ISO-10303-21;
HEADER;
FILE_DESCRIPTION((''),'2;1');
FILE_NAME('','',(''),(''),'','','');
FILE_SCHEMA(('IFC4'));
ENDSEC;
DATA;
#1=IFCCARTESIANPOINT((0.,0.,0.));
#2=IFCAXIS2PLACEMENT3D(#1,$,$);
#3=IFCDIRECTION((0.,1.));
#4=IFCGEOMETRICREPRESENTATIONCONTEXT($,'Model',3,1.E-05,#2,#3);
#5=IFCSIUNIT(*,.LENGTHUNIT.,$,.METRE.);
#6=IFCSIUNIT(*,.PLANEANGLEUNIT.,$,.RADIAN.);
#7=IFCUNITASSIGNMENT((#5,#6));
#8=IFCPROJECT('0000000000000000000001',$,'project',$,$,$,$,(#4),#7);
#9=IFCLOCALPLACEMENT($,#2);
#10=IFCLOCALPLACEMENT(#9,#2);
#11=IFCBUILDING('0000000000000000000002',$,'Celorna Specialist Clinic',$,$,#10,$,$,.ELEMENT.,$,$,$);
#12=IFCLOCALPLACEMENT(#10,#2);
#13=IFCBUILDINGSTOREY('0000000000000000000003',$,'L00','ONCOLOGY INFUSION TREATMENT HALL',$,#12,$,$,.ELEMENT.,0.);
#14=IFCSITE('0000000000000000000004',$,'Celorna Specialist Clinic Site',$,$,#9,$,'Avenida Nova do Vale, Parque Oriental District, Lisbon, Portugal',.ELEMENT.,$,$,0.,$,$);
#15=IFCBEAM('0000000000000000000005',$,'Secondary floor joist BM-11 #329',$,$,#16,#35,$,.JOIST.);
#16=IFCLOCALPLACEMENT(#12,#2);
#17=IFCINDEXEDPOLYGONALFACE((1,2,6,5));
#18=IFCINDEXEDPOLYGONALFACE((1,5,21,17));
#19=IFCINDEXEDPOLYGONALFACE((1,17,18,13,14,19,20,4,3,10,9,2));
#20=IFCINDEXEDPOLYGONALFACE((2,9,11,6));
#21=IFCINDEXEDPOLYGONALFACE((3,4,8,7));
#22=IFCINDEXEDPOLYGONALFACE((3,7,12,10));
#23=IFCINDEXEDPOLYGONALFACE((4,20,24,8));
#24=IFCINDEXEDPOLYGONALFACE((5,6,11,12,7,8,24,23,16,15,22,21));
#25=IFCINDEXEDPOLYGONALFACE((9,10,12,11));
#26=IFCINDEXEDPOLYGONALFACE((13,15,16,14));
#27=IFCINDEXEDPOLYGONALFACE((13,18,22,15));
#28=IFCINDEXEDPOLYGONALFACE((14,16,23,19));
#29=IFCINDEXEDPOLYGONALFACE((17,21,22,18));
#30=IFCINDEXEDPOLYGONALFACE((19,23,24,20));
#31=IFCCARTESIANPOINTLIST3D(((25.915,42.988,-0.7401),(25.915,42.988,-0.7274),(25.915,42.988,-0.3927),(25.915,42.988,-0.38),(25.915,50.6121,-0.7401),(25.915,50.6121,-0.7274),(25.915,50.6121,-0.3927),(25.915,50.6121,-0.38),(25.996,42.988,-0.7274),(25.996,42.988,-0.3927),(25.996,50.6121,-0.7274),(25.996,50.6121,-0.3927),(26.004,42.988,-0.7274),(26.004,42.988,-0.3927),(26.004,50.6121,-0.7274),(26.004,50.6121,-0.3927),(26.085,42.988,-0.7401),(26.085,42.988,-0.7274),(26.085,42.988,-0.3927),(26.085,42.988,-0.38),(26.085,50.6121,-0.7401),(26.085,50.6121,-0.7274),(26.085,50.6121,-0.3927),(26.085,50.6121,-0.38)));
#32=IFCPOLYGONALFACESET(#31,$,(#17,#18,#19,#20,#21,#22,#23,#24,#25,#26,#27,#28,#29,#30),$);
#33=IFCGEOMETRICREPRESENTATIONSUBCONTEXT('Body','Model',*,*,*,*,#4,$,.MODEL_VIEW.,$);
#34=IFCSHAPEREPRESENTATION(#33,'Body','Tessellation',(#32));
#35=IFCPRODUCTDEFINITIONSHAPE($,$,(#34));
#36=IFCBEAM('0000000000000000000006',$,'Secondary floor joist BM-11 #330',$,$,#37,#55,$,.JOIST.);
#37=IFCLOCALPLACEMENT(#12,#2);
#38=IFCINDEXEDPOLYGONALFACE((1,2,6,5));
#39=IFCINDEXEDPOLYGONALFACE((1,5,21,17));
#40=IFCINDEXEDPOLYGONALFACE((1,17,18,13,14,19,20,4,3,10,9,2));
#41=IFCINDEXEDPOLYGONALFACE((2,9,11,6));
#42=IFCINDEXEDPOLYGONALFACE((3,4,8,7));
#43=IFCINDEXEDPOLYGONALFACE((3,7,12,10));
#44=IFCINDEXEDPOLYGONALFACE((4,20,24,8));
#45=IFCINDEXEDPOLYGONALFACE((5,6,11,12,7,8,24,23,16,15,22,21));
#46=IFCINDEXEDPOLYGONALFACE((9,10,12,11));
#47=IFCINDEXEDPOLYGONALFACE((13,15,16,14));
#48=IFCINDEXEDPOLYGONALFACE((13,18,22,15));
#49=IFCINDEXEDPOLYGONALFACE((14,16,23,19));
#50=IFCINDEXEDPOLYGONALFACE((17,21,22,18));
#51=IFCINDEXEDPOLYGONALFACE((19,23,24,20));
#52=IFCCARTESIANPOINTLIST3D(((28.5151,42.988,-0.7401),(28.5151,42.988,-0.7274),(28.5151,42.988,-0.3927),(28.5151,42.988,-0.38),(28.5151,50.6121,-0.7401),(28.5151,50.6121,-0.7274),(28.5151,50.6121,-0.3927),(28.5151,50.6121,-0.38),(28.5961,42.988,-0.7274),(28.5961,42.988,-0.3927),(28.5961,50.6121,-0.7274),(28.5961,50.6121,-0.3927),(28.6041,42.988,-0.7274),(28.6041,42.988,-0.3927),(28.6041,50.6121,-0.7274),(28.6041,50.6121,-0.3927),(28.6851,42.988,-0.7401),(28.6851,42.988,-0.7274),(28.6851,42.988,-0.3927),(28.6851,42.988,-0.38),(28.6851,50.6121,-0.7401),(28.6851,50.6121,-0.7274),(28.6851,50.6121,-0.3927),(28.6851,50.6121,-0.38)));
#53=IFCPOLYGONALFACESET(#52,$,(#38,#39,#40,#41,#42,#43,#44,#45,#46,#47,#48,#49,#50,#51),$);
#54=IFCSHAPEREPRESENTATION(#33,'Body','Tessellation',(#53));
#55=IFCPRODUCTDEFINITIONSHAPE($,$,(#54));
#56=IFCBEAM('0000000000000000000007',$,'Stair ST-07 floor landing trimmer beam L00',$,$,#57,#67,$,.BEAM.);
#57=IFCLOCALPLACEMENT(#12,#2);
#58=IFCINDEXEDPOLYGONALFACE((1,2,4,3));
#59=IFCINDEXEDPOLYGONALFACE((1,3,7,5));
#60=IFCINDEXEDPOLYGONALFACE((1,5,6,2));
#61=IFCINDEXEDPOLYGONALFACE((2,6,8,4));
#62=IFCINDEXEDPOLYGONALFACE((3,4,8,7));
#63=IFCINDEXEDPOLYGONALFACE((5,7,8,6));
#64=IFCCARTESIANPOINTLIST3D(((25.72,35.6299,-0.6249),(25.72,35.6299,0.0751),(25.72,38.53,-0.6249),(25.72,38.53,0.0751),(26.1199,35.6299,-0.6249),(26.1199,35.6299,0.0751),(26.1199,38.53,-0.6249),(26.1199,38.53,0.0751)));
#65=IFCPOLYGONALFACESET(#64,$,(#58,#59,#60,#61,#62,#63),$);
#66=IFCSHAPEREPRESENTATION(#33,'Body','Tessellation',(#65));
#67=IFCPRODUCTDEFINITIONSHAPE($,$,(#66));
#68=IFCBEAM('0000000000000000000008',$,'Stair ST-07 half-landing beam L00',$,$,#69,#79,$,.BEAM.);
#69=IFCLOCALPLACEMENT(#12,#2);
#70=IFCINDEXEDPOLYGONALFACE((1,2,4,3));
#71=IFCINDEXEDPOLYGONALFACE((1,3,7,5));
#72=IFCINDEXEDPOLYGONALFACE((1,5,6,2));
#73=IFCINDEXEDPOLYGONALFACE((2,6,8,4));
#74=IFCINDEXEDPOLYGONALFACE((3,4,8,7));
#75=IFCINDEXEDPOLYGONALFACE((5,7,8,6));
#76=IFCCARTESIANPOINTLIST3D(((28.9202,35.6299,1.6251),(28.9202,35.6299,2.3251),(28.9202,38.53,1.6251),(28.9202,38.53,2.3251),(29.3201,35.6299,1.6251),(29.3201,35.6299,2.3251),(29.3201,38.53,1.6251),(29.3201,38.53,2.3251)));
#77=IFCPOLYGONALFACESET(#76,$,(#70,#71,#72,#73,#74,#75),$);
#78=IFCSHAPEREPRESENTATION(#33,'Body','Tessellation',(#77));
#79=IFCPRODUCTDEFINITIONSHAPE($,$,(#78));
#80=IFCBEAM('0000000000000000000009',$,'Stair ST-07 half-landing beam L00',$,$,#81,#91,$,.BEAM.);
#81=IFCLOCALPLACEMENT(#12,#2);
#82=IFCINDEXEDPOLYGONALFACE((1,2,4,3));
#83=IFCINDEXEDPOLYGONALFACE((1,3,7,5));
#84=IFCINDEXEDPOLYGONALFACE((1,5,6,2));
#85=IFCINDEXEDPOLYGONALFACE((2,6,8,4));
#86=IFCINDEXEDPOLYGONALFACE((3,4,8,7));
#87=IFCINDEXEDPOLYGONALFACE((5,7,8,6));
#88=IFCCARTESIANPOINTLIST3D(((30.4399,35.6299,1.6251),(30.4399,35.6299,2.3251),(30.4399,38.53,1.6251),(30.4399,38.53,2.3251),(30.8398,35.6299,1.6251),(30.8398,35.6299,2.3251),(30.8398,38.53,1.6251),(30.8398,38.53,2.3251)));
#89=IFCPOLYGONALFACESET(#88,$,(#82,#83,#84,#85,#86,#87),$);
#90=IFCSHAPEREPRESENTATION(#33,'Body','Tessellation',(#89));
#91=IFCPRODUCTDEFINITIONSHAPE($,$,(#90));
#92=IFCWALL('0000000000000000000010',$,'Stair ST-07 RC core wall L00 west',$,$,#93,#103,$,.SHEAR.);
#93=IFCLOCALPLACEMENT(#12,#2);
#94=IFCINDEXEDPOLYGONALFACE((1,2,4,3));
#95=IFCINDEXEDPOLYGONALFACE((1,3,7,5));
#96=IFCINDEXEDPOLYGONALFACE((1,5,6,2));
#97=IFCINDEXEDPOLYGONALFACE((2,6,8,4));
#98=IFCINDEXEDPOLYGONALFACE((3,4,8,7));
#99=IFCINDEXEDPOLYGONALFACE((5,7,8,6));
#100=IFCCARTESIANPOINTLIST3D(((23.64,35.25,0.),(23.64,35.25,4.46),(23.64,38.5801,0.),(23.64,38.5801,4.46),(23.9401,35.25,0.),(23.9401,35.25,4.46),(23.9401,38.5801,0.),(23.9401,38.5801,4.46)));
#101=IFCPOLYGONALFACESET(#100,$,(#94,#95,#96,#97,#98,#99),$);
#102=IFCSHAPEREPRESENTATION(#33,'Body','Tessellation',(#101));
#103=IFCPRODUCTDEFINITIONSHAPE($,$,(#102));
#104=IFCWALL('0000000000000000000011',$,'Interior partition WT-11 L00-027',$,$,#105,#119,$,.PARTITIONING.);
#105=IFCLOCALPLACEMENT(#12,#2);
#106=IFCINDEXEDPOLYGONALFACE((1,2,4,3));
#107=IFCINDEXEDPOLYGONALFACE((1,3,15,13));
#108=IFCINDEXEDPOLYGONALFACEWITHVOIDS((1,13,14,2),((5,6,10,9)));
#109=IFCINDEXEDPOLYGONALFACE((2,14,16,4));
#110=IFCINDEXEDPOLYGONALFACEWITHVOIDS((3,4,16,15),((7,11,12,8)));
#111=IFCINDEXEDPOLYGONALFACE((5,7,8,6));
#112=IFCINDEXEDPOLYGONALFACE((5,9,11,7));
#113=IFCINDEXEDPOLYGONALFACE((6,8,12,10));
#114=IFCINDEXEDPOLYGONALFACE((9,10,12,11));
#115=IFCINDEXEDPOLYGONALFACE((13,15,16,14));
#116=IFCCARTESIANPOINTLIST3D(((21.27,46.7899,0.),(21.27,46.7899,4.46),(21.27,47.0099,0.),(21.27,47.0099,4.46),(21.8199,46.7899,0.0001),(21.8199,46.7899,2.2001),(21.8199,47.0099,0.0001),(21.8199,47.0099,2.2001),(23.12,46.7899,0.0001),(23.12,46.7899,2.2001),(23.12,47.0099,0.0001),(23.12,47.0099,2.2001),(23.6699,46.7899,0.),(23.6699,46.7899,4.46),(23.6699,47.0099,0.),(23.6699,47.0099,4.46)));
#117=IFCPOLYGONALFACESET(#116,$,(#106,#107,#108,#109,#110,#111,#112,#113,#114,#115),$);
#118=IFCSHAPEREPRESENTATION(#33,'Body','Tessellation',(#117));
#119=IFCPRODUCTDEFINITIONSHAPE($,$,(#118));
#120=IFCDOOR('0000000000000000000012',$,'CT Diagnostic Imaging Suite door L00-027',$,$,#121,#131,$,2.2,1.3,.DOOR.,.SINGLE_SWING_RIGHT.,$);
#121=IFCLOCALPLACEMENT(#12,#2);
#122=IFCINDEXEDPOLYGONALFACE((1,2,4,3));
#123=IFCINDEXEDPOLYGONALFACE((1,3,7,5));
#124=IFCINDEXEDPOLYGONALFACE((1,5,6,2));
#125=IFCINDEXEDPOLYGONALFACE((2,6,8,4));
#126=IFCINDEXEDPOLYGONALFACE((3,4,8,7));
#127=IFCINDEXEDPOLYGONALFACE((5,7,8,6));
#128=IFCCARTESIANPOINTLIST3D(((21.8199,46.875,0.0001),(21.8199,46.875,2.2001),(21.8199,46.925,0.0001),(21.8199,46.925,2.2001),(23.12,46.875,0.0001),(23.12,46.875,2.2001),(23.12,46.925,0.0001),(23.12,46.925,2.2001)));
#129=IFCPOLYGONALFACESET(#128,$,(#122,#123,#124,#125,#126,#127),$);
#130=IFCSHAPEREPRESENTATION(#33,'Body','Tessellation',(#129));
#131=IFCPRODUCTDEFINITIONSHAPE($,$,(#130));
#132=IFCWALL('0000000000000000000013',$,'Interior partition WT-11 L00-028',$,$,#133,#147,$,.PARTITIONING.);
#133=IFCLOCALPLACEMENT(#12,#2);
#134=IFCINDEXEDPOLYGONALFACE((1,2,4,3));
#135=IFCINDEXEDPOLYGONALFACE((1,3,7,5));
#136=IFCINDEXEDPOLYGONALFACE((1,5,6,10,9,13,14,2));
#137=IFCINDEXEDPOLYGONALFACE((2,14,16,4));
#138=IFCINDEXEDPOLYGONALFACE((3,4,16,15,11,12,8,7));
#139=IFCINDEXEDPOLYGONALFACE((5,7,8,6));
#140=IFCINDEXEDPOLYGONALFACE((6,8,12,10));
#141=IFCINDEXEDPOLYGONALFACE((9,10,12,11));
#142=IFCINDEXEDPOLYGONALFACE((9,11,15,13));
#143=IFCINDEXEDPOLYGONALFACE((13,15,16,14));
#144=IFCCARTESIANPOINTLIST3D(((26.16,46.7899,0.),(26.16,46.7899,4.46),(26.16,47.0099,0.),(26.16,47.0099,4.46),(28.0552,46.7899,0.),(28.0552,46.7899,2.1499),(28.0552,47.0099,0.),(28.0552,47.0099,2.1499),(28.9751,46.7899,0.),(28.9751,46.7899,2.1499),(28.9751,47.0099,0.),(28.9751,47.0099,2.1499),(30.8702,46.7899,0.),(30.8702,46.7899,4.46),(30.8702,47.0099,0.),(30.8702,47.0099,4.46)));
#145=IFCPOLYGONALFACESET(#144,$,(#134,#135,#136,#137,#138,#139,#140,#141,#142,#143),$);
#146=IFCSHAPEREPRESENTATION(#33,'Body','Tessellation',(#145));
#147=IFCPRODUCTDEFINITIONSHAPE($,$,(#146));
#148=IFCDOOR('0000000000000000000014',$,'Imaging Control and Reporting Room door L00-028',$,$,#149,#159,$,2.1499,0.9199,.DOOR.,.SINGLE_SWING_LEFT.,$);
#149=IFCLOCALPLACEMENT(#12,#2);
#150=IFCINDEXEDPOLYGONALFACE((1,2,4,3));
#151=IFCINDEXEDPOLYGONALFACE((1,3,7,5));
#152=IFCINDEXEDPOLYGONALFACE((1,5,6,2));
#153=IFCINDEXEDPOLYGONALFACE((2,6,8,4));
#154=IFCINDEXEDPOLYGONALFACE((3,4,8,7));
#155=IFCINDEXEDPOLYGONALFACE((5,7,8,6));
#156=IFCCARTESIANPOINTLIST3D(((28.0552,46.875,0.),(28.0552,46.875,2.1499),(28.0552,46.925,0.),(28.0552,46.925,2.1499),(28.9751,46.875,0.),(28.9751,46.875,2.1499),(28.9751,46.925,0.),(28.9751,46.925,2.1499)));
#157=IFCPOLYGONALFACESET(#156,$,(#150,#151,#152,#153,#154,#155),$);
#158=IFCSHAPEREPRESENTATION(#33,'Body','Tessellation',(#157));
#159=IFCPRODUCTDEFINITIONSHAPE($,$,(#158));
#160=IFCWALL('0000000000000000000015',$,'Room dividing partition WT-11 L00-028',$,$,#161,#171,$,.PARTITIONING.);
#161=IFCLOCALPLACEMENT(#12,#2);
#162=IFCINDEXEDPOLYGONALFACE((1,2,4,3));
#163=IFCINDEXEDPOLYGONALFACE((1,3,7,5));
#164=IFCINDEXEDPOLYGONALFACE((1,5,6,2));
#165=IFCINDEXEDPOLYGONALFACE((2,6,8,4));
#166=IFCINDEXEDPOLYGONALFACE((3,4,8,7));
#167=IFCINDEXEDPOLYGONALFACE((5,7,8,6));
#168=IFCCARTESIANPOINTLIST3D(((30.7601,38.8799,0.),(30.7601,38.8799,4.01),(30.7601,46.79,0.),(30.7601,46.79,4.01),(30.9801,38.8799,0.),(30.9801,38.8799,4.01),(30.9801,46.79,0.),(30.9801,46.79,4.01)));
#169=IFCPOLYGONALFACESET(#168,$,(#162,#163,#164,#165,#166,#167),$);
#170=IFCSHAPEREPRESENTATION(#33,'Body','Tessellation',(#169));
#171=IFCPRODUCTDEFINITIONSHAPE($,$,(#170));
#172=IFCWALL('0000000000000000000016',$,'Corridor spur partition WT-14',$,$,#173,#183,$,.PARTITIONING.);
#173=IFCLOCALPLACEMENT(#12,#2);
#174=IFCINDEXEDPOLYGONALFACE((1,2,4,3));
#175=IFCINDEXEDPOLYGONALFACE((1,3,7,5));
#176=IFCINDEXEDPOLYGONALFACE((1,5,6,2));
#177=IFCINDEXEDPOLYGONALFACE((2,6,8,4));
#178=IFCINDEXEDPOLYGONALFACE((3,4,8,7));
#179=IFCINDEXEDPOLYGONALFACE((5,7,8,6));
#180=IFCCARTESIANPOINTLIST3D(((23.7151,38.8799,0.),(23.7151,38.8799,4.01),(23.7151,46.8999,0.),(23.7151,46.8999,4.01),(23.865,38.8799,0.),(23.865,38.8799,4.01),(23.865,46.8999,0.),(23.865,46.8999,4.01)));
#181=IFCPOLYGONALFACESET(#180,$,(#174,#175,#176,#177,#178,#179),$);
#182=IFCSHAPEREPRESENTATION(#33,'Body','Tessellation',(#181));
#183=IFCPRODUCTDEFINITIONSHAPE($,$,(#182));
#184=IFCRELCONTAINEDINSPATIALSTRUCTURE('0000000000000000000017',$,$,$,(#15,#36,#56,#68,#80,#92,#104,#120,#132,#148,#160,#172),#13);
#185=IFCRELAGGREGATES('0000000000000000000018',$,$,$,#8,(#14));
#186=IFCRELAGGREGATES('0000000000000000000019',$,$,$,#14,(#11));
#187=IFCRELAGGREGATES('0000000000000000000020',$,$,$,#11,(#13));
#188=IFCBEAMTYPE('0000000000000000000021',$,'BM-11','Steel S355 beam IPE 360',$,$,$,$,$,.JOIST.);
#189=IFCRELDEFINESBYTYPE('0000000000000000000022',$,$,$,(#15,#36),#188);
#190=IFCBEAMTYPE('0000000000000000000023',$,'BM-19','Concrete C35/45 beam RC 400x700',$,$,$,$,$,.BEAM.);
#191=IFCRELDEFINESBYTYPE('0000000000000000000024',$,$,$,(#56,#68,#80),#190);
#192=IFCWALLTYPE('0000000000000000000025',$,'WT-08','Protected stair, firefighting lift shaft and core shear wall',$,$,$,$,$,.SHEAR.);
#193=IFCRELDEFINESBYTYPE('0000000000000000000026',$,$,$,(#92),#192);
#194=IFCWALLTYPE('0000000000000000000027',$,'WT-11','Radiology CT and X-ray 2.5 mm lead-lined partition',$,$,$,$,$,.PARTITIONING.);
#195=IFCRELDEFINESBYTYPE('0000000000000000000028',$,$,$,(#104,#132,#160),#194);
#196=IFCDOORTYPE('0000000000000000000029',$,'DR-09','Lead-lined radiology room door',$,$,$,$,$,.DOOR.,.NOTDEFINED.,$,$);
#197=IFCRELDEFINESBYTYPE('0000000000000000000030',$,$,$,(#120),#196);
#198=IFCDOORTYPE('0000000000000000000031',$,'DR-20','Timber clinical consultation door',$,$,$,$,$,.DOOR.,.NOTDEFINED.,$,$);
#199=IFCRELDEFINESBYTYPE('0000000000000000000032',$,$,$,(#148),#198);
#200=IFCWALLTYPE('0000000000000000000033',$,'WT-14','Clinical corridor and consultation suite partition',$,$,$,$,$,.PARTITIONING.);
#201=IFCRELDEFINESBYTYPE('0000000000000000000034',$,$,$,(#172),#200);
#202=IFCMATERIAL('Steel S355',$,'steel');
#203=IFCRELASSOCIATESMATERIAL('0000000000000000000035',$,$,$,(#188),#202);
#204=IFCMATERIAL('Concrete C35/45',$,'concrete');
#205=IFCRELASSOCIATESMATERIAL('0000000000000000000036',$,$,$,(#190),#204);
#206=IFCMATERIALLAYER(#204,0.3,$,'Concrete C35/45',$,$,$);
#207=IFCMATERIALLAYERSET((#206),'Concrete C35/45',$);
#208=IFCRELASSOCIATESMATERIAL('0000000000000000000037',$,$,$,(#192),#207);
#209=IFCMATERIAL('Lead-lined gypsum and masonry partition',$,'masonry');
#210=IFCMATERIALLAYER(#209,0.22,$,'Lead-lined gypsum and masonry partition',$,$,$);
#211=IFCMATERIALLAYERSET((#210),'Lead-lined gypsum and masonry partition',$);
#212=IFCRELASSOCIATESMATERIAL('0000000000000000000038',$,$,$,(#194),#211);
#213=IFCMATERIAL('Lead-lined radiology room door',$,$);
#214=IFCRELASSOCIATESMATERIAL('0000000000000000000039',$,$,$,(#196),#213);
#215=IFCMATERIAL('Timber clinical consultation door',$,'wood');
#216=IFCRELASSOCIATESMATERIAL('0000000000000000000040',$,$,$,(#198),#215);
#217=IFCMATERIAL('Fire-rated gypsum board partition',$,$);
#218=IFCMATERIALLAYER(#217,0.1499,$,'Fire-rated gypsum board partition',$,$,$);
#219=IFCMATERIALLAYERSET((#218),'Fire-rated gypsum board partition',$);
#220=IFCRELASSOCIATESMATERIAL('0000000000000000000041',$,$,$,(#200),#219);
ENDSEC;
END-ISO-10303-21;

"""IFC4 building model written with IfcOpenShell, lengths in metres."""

from ifc_helpers import new_model, si_unit, direction, frame, frame_2d, origin, origin_2d, place, context, subcontext, project, spatial, rectangle, i_section, extrude, material, layer, layer_set, material_profile, profile_set, type_object, element, fill, save


model = new_model("IFC4")

# Units and contexts
model_context = context("Model", 3, precision=1e-05, world=origin(), true_north=direction((0.0, 1.0)))
body_context = subcontext(model_context, "Body", "Model", "MODEL_VIEW")
ifc_project = project(units=[si_unit("LENGTHUNIT", "METRE"), si_unit("PLANEANGLEUNIT", "RADIAN")], contexts=[model_context])

# Site, building, storey
site_placement = place(None, origin())
site = spatial("IfcSite", under=ifc_project, at=site_placement, Name="Celorna Specialist Clinic Site", LongName="Avenida Nova do Vale, Parque Oriental District, Lisbon, Portugal", CompositionType="ELEMENT", RefElevation=0.0)
building_placement = place(site_placement, origin())
building = spatial("IfcBuilding", under=site, at=building_placement, Name="Celorna Specialist Clinic", CompositionType="ELEMENT")
storey_placement = place(building_placement, origin())
storey = spatial("IfcBuildingStorey", under=building, at=storey_placement, Name="L00", Description="ONCOLOGY INFUSION TREATMENT HALL", CompositionType="ELEMENT", Elevation=0.0)

# Shared definitions
ifc_material_1 = material(Name="Concrete C35/45", Category="concrete")

# Beams
ifc_material_2 = material(Name="Steel S355", Category="steel")
ifc_material_profile_1 = material_profile(ifc_material_2, i_section(OverallWidth=0.1699, OverallDepth=0.3601, WebThickness=0.0081, FlangeThickness=0.0127, at=origin_2d()), Name="IPE 360")
ifc_profile_set_1 = profile_set([ifc_material_profile_1], Name="Steel S355")
beam_type_1 = type_object("IfcBeamType", Name="BM-11", Description="Steel S355 beam IPE 360", PredefinedType="JOIST", material=ifc_profile_set_1)
for number, where, z_axis, x_axis, name in (
    (1, (26.0, 42.988, -0.5601), (0.0, 1.0, 0.0), (-1.0, 0.0, 0.0), "Secondary floor joist BM-11 #329"),
    (2, (28.6001, 42.988, -0.5601), (0.0, 1.0, 0.0), (-1.0, 0.0, 0.0), "Secondary floor joist BM-11 #330"),
):
    element("IfcBeam", number, at=place(storey_placement, frame(where, z_axis=z_axis, x_axis=x_axis)), inside=storey, type_object=beam_type_1, Name=name, PredefinedType="JOIST", context=body_context, shape_type="SweptSolid", body=[
        extrude(i_section(OverallWidth=0.1699, OverallDepth=0.3601, WebThickness=0.0081, FlangeThickness=0.0127, at=origin_2d()), origin(), (0.0, 0.0, 1.0), 7.624),
    ])
ifc_material_profile_2 = material_profile(ifc_material_1, rectangle(XDim=0.3999, YDim=0.7, at=origin_2d()), Name="RC 400x700")
ifc_profile_set_2 = profile_set([ifc_material_profile_2], Name="Concrete C35/45")
beam_type_2 = type_object("IfcBeamType", Name="BM-19", Description="Concrete C35/45 beam RC 400x700", PredefinedType="BEAM", material=ifc_profile_set_2)
for number, where, z_axis, x_axis, name in (
    (3, (25.9199, 35.6299, -0.2749), (0.0, 1.0, 0.0), (-1.0, 0.0, 0.0), "Stair ST-07 floor landing trimmer beam L00"),
    (4, (29.1201, 35.6299, 1.9751), (0.0, 1.0, 0.0), (-1.0, 0.0, 0.0), "Stair ST-07 half-landing beam L00"),
    (5, (30.6399, 35.6299, 1.9751), (0.0, 1.0, 0.0), (-1.0, 0.0, 0.0), "Stair ST-07 half-landing beam L00"),
):
    element("IfcBeam", number, at=place(storey_placement, frame(where, z_axis=z_axis, x_axis=x_axis)), inside=storey, type_object=beam_type_2, Name=name, PredefinedType="BEAM", context=body_context, shape_type="SweptSolid", body=[
        extrude(rectangle(XDim=0.3999, YDim=0.7, at=origin_2d()), origin(), (0.0, 0.0, 1.0), 2.9001),
    ])

# Wall
ifc_layer_1 = layer(ifc_material_1, 0.3, Name="Concrete C35/45")
ifc_layer_set_1 = layer_set([ifc_layer_1], Name="Concrete C35/45")
wall_type_1 = type_object("IfcWallType", Name="WT-08", Description="Protected stair, firefighting lift shaft and core shear wall", PredefinedType="SHEAR", material=ifc_layer_set_1)
wall_1_placement = place(storey_placement, frame((23.79, 38.5801, 0.0), z_axis=(0.0, 0.0, 1.0), x_axis=(0.0, -1.0, 0.0)))
element("IfcWall", 6, at=wall_1_placement, inside=storey, type_object=wall_type_1, Name="Stair ST-07 RC core wall L00 west", PredefinedType="SHEAR", context=body_context, shape_type="SweptSolid", body=[
    extrude(rectangle(XDim=3.3301, YDim=0.3, at=frame_2d((1.665, 0.0))), origin(), (0.0, 0.0, 1.0), 4.46),
])

# Walls, openings, doors
ifc_material_3 = material(Name="Lead-lined gypsum and masonry partition", Category="masonry")
ifc_layer_2 = layer(ifc_material_3, 0.22, Name="Lead-lined gypsum and masonry partition")
ifc_layer_set_2 = layer_set([ifc_layer_2], Name="Lead-lined gypsum and masonry partition")
wall_type_2 = type_object("IfcWallType", Name="WT-11", Description="Radiology CT and X-ray 2.5 mm lead-lined partition", PredefinedType="PARTITIONING", material=ifc_layer_set_2)
wall_2_placement = place(storey_placement, frame((23.6699, 46.8999, 0.0), z_axis=(0.0, 0.0, 1.0), x_axis=(-1.0, 0.0, 0.0)))
wall_2 = element("IfcWall", 7, at=wall_2_placement, inside=storey, type_object=wall_type_2, Name="Interior partition WT-11 L00-027", PredefinedType="PARTITIONING", context=body_context, shape_type="SweptSolid", body=[
    extrude(rectangle(XDim=2.3999, YDim=0.22, at=frame_2d((1.2, 0.0))), origin(), (0.0, 0.0, 1.0), 4.46),
])
opening_1_placement = place(wall_2_placement, frame((0.55, 0.0, 0.0)))
opening_1 = element("IfcOpeningElement", 8, at=opening_1_placement, cuts=wall_2, PredefinedType="OPENING", context=body_context, shape_type="SweptSolid", body=[
    extrude(rectangle(XDim=1.3, YDim=2.2, at=frame_2d((0.6499, 1.1001))), frame((0.0, 0.1199, 0.0), z_axis=(0.0, -1.0, 0.0), x_axis=(1.0, 0.0, 0.0)), (0.0, 0.0, 1.0), 0.24),
])
ifc_material_4 = material(Name="Lead-lined radiology room door")
door_type_1 = type_object("IfcDoorType", Name="DR-09", Description="Lead-lined radiology room door", OperationType="NOTDEFINED", PredefinedType="DOOR", material=ifc_material_4)
door_1_placement = place(opening_1_placement, origin())
door_1 = element("IfcDoor", 9, at=door_1_placement, inside=storey, type_object=door_type_1, Name="CT Diagnostic Imaging Suite door L00-027", OperationType="SINGLE_SWING_RIGHT", OverallHeight=2.2, OverallWidth=1.3, PredefinedType="DOOR", context=body_context, shape_type="SweptSolid", body=[
    extrude(rectangle(XDim=1.3, YDim=2.2, at=frame_2d((0.6499, 1.1001))), frame((0.0, 0.0249, 0.0), z_axis=(0.0, -1.0, 0.0), x_axis=(1.0, 0.0, 0.0)), (0.0, 0.0, 1.0), 0.05),
])
fill(opening_1, door_1)
wall_3_placement = place(storey_placement, frame((30.8701, 46.8999, 0.0), z_axis=(0.0, 0.0, 1.0), x_axis=(-1.0, 0.0, 0.0)))
wall_3 = element("IfcWall", 10, at=wall_3_placement, inside=storey, type_object=wall_type_2, Name="Interior partition WT-11 L00-028", PredefinedType="PARTITIONING", context=body_context, shape_type="SweptSolid", body=[
    extrude(rectangle(XDim=4.7102, YDim=0.22, at=frame_2d((2.355, 0.0))), origin(), (0.0, 0.0, 1.0), 4.46),
])
opening_2_placement = place(wall_3_placement, frame((1.895, 0.0, 0.0)))
opening_2 = element("IfcOpeningElement", 11, at=opening_2_placement, cuts=wall_3, PredefinedType="OPENING", context=body_context, shape_type="SweptSolid", body=[
    extrude(rectangle(XDim=0.9199, YDim=2.1499, at=frame_2d((0.46, 1.075))), frame((0.0, 0.1199, 0.0), z_axis=(0.0, -1.0, 0.0), x_axis=(1.0, 0.0, 0.0)), (0.0, 0.0, 1.0), 0.24),
])
ifc_material_5 = material(Name="Timber clinical consultation door", Category="wood")
door_type_2 = type_object("IfcDoorType", Name="DR-20", Description="Timber clinical consultation door", OperationType="NOTDEFINED", PredefinedType="DOOR", material=ifc_material_5)
door_2_placement = place(opening_2_placement, origin())
door_2 = element("IfcDoor", 12, at=door_2_placement, inside=storey, type_object=door_type_2, Name="Imaging Control and Reporting Room door L00-028", OperationType="SINGLE_SWING_LEFT", OverallHeight=2.1499, OverallWidth=0.9199, PredefinedType="DOOR", context=body_context, shape_type="SweptSolid", body=[
    extrude(rectangle(XDim=0.9199, YDim=2.1499, at=frame_2d((0.46, 1.075))), frame((0.0, 0.0249, 0.0), z_axis=(0.0, -1.0, 0.0), x_axis=(1.0, 0.0, 0.0)), (0.0, 0.0, 1.0), 0.05),
])
fill(opening_2, door_2)

# Walls
wall_4_placement = place(storey_placement, frame((30.8701, 38.8799, 0.0), z_axis=(0.0, 0.0, 1.0), x_axis=(0.0, 1.0, 0.0)))
element("IfcWall", 13, at=wall_4_placement, inside=storey, type_object=wall_type_2, Name="Room dividing partition WT-11 L00-028", PredefinedType="PARTITIONING", context=body_context, shape_type="SweptSolid", body=[
    extrude(rectangle(XDim=7.9102, YDim=0.22, at=frame_2d((3.9551, 0.0))), origin(), (0.0, 0.0, 1.0), 4.01),
])
ifc_material_6 = material(Name="Fire-rated gypsum board partition")
ifc_layer_3 = layer(ifc_material_6, 0.1499, Name="Fire-rated gypsum board partition")
ifc_layer_set_3 = layer_set([ifc_layer_3], Name="Fire-rated gypsum board partition")
wall_type_3 = type_object("IfcWallType", Name="WT-14", Description="Clinical corridor and consultation suite partition", PredefinedType="PARTITIONING", material=ifc_layer_set_3)
wall_5_placement = place(storey_placement, frame((23.79, 38.8799, 0.0), z_axis=(0.0, 0.0, 1.0), x_axis=(0.0, 1.0, 0.0)))
element("IfcWall", 14, at=wall_5_placement, inside=storey, type_object=wall_type_3, Name="Corridor spur partition WT-14", PredefinedType="PARTITIONING", context=body_context, shape_type="SweptSolid", body=[
    extrude(rectangle(XDim=8.02, YDim=0.1499, at=frame_2d((4.01, 0.0))), origin(), (0.0, 0.0, 1.0), 4.01),
])

save(model, "model.ifc")
